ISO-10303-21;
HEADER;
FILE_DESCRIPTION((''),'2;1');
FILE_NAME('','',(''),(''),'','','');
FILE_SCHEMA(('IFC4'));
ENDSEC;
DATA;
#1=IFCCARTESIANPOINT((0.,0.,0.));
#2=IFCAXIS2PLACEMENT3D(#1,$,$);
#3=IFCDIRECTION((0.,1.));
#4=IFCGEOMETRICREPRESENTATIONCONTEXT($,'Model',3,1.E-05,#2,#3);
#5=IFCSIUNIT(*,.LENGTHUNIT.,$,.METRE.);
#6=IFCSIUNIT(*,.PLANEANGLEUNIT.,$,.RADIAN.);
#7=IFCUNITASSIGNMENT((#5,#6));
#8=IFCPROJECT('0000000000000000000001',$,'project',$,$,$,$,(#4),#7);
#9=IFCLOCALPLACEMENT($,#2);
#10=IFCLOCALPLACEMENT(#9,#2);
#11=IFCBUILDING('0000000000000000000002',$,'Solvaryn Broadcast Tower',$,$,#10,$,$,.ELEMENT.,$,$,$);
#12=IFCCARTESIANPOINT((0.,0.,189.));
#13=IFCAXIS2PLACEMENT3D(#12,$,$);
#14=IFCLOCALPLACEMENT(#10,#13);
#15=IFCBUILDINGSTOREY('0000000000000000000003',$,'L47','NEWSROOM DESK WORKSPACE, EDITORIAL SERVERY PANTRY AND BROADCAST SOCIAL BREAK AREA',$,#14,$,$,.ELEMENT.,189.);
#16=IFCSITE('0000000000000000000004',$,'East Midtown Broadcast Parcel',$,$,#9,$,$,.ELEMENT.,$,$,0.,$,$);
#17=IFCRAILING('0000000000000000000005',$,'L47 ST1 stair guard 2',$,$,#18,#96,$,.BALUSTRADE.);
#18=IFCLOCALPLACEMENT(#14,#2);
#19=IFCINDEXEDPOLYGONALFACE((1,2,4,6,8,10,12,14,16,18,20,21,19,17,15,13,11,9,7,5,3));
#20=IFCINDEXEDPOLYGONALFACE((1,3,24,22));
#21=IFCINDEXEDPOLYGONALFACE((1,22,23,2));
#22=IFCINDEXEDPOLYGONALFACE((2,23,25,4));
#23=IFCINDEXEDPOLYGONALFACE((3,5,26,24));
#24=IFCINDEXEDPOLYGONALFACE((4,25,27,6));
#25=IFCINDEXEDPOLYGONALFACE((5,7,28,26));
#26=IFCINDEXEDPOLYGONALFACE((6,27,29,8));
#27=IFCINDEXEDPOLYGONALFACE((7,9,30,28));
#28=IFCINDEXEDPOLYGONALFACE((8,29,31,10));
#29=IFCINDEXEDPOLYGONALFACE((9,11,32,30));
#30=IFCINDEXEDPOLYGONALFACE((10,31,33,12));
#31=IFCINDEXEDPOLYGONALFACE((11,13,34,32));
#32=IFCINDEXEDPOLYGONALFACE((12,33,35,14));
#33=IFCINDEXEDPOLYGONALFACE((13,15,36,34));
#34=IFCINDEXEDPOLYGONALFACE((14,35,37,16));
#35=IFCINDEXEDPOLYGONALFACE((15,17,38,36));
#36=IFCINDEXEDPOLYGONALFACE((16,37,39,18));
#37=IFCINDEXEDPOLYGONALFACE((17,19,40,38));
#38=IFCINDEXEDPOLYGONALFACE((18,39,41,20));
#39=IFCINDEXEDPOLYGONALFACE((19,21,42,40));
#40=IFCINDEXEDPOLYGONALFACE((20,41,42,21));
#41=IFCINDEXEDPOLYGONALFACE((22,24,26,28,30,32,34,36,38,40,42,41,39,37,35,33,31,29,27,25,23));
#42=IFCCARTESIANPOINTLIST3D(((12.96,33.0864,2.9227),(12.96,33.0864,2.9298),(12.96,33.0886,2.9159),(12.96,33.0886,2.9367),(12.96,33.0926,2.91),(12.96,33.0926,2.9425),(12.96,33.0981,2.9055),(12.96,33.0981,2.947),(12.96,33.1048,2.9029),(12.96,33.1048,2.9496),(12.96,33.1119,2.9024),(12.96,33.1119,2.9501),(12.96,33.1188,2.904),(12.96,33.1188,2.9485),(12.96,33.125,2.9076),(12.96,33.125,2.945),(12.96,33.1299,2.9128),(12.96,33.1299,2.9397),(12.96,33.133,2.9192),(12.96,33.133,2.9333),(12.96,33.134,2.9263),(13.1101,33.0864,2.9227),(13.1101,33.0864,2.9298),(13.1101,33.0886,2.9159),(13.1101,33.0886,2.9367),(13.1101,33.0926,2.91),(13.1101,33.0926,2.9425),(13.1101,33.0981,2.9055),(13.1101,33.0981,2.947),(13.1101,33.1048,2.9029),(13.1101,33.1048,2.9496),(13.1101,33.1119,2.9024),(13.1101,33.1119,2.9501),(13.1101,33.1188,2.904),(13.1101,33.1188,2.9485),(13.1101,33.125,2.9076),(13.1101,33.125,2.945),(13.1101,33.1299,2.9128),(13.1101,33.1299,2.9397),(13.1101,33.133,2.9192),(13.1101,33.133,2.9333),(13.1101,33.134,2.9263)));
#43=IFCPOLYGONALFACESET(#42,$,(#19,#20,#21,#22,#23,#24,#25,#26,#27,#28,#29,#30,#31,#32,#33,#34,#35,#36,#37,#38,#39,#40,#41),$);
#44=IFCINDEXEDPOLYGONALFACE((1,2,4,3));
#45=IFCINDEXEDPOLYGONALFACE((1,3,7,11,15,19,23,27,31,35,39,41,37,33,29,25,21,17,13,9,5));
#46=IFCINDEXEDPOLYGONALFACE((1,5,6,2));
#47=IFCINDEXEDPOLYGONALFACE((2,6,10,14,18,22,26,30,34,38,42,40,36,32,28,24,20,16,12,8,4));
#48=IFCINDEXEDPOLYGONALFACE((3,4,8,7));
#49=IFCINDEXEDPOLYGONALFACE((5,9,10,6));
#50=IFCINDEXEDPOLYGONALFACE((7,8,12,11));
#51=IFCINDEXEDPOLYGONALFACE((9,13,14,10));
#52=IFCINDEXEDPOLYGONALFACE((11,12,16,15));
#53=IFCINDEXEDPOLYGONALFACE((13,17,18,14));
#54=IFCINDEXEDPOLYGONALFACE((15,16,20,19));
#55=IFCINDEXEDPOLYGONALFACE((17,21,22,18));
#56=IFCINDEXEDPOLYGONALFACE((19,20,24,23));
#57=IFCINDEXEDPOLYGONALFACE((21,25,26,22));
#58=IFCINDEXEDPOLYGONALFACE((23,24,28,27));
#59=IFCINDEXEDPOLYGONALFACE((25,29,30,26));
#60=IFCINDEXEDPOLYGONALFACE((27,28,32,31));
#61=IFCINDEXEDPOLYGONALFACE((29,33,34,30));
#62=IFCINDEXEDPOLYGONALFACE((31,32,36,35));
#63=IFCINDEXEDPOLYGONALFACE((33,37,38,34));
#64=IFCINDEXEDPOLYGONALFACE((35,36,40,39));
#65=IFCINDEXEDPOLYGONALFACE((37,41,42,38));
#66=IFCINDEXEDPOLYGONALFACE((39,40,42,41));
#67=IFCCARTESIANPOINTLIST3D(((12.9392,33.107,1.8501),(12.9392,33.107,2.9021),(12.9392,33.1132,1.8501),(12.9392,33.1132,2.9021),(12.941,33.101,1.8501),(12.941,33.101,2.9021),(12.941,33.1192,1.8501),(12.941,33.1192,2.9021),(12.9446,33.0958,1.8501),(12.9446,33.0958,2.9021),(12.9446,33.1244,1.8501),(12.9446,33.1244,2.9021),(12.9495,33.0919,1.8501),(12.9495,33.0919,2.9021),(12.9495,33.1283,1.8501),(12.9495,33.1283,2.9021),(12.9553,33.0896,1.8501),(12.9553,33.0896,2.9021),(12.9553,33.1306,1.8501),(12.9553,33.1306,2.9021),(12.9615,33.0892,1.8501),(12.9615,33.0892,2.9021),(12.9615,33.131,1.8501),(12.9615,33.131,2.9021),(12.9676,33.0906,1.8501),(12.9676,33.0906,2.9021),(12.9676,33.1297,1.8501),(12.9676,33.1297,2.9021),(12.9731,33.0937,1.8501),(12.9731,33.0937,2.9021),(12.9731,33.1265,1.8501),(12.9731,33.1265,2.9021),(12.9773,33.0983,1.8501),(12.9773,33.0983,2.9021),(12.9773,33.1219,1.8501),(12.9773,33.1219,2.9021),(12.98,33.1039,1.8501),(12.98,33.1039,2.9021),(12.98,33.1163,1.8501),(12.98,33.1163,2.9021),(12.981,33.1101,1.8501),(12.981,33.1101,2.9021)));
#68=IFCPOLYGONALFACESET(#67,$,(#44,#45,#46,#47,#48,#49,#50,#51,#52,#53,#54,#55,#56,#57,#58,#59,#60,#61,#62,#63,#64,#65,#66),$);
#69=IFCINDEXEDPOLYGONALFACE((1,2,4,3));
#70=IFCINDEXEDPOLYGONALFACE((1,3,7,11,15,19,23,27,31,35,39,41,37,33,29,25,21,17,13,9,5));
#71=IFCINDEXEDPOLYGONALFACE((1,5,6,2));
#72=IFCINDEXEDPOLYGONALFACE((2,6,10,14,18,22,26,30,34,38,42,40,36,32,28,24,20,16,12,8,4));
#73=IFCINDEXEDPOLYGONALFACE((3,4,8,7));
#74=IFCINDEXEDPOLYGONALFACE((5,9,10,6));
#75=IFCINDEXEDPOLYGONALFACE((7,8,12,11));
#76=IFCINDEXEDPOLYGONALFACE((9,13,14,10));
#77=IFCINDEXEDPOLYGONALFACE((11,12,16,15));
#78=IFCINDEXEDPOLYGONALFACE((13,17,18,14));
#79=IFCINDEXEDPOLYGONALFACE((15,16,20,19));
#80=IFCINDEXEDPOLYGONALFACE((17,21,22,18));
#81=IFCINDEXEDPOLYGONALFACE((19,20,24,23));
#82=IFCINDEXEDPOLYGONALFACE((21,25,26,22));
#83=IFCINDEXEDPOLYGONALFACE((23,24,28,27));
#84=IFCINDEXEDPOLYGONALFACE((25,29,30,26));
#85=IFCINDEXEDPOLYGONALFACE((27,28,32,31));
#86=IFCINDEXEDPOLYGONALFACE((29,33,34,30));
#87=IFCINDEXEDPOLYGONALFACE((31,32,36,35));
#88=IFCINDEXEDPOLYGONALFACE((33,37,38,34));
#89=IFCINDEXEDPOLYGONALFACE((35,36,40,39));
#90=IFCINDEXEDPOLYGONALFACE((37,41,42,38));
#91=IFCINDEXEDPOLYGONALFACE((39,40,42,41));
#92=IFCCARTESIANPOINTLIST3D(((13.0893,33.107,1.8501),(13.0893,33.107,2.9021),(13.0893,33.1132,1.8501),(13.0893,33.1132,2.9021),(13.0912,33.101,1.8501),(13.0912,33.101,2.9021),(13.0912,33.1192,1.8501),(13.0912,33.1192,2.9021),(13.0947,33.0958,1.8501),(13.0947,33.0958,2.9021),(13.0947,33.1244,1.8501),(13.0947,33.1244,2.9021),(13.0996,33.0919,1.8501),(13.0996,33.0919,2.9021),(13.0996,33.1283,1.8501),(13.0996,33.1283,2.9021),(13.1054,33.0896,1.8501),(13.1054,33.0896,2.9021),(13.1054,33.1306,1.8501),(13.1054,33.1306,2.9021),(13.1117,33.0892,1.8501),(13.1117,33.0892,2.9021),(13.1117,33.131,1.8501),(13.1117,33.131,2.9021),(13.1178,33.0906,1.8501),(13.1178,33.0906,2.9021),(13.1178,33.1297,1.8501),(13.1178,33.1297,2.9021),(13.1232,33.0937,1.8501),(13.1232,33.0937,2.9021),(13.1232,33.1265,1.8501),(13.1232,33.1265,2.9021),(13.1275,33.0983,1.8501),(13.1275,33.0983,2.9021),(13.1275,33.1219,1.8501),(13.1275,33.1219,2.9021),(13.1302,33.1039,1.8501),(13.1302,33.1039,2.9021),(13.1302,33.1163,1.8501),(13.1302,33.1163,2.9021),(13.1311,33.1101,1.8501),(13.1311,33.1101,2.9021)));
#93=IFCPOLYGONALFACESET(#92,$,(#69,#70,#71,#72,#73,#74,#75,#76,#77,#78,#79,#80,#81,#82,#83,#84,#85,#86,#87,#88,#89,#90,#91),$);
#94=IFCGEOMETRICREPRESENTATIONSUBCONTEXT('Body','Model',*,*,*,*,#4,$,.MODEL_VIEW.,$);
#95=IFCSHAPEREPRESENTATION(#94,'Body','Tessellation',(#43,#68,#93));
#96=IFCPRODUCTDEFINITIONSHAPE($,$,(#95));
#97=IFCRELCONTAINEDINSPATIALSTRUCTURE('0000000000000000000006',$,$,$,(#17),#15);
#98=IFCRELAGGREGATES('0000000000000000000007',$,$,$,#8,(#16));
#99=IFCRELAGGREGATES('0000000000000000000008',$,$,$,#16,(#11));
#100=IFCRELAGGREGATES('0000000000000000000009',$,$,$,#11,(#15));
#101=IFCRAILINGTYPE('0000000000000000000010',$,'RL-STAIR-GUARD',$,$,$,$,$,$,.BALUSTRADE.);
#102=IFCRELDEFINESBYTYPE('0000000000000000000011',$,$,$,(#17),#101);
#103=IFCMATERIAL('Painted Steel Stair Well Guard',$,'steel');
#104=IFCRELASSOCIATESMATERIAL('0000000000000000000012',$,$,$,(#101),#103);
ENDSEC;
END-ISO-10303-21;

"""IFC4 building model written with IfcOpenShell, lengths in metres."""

from ifc_helpers import new_model, si_unit, direction, frame, origin, origin_2d, place, context, subcontext, project, spatial, circle, extrude, material, type_object, element, save


model = new_model("IFC4")

# Units and contexts
model_context = context("Model", 3, precision=1e-05, world=origin(), true_north=direction((0.0, 1.0)))
body_context = subcontext(model_context, "Body", "Model", "MODEL_VIEW")
ifc_project = project(units=[si_unit("LENGTHUNIT", "METRE"), si_unit("PLANEANGLEUNIT", "RADIAN")], contexts=[model_context])

# Site, building, storey
site_placement = place(None, origin())
site = spatial("IfcSite", under=ifc_project, at=site_placement, Name="East Midtown Broadcast Parcel", CompositionType="ELEMENT", RefElevation=0.0)
building_placement = place(site_placement, origin())
building = spatial("IfcBuilding", under=site, at=building_placement, Name="Solvaryn Broadcast Tower", CompositionType="ELEMENT")
storey_placement = place(building_placement, frame((0.0, 0.0, 189.0)))
storey = spatial("IfcBuildingStorey", under=building, at=storey_placement, Name="L47", Description="NEWSROOM DESK WORKSPACE, EDITORIAL SERVERY PANTRY AND BROADCAST SOCIAL BREAK AREA", CompositionType="ELEMENT", Elevation=189.0)

# Railing
ifc_material_1 = material(Name="Painted Steel Stair Well Guard", Category="steel")
railing_type_1 = type_object("IfcRailingType", Name="RL-STAIR-GUARD", PredefinedType="BALUSTRADE", material=ifc_material_1)
railing_1_placement = place(storey_placement, frame((12.96, 33.1101, 1.8501)))
element("IfcRailing", 1, at=railing_1_placement, inside=storey, type_object=railing_type_1, Name="L47 ST1 stair guard 2", PredefinedType="BALUSTRADE", context=body_context, shape_type="SweptSolid", body=[
    extrude(circle(Radius=0.0239, at=origin_2d()), frame((0.0, 0.0, 1.0762), z_axis=(1.0, 0.0, 0.0), x_axis=(0.0, 1.0, 0.0)), (0.0, 0.0, 1.0), 0.1501),
    extrude(circle(Radius=0.021, at=origin_2d()), origin(), (0.0, 0.0, 1.0), 1.052),
    extrude(circle(Radius=0.021, at=origin_2d()), frame((0.1501, 0.0, 0.0)), (0.0, 0.0, 1.0), 1.052),
])

save(model, "model.ifc")
